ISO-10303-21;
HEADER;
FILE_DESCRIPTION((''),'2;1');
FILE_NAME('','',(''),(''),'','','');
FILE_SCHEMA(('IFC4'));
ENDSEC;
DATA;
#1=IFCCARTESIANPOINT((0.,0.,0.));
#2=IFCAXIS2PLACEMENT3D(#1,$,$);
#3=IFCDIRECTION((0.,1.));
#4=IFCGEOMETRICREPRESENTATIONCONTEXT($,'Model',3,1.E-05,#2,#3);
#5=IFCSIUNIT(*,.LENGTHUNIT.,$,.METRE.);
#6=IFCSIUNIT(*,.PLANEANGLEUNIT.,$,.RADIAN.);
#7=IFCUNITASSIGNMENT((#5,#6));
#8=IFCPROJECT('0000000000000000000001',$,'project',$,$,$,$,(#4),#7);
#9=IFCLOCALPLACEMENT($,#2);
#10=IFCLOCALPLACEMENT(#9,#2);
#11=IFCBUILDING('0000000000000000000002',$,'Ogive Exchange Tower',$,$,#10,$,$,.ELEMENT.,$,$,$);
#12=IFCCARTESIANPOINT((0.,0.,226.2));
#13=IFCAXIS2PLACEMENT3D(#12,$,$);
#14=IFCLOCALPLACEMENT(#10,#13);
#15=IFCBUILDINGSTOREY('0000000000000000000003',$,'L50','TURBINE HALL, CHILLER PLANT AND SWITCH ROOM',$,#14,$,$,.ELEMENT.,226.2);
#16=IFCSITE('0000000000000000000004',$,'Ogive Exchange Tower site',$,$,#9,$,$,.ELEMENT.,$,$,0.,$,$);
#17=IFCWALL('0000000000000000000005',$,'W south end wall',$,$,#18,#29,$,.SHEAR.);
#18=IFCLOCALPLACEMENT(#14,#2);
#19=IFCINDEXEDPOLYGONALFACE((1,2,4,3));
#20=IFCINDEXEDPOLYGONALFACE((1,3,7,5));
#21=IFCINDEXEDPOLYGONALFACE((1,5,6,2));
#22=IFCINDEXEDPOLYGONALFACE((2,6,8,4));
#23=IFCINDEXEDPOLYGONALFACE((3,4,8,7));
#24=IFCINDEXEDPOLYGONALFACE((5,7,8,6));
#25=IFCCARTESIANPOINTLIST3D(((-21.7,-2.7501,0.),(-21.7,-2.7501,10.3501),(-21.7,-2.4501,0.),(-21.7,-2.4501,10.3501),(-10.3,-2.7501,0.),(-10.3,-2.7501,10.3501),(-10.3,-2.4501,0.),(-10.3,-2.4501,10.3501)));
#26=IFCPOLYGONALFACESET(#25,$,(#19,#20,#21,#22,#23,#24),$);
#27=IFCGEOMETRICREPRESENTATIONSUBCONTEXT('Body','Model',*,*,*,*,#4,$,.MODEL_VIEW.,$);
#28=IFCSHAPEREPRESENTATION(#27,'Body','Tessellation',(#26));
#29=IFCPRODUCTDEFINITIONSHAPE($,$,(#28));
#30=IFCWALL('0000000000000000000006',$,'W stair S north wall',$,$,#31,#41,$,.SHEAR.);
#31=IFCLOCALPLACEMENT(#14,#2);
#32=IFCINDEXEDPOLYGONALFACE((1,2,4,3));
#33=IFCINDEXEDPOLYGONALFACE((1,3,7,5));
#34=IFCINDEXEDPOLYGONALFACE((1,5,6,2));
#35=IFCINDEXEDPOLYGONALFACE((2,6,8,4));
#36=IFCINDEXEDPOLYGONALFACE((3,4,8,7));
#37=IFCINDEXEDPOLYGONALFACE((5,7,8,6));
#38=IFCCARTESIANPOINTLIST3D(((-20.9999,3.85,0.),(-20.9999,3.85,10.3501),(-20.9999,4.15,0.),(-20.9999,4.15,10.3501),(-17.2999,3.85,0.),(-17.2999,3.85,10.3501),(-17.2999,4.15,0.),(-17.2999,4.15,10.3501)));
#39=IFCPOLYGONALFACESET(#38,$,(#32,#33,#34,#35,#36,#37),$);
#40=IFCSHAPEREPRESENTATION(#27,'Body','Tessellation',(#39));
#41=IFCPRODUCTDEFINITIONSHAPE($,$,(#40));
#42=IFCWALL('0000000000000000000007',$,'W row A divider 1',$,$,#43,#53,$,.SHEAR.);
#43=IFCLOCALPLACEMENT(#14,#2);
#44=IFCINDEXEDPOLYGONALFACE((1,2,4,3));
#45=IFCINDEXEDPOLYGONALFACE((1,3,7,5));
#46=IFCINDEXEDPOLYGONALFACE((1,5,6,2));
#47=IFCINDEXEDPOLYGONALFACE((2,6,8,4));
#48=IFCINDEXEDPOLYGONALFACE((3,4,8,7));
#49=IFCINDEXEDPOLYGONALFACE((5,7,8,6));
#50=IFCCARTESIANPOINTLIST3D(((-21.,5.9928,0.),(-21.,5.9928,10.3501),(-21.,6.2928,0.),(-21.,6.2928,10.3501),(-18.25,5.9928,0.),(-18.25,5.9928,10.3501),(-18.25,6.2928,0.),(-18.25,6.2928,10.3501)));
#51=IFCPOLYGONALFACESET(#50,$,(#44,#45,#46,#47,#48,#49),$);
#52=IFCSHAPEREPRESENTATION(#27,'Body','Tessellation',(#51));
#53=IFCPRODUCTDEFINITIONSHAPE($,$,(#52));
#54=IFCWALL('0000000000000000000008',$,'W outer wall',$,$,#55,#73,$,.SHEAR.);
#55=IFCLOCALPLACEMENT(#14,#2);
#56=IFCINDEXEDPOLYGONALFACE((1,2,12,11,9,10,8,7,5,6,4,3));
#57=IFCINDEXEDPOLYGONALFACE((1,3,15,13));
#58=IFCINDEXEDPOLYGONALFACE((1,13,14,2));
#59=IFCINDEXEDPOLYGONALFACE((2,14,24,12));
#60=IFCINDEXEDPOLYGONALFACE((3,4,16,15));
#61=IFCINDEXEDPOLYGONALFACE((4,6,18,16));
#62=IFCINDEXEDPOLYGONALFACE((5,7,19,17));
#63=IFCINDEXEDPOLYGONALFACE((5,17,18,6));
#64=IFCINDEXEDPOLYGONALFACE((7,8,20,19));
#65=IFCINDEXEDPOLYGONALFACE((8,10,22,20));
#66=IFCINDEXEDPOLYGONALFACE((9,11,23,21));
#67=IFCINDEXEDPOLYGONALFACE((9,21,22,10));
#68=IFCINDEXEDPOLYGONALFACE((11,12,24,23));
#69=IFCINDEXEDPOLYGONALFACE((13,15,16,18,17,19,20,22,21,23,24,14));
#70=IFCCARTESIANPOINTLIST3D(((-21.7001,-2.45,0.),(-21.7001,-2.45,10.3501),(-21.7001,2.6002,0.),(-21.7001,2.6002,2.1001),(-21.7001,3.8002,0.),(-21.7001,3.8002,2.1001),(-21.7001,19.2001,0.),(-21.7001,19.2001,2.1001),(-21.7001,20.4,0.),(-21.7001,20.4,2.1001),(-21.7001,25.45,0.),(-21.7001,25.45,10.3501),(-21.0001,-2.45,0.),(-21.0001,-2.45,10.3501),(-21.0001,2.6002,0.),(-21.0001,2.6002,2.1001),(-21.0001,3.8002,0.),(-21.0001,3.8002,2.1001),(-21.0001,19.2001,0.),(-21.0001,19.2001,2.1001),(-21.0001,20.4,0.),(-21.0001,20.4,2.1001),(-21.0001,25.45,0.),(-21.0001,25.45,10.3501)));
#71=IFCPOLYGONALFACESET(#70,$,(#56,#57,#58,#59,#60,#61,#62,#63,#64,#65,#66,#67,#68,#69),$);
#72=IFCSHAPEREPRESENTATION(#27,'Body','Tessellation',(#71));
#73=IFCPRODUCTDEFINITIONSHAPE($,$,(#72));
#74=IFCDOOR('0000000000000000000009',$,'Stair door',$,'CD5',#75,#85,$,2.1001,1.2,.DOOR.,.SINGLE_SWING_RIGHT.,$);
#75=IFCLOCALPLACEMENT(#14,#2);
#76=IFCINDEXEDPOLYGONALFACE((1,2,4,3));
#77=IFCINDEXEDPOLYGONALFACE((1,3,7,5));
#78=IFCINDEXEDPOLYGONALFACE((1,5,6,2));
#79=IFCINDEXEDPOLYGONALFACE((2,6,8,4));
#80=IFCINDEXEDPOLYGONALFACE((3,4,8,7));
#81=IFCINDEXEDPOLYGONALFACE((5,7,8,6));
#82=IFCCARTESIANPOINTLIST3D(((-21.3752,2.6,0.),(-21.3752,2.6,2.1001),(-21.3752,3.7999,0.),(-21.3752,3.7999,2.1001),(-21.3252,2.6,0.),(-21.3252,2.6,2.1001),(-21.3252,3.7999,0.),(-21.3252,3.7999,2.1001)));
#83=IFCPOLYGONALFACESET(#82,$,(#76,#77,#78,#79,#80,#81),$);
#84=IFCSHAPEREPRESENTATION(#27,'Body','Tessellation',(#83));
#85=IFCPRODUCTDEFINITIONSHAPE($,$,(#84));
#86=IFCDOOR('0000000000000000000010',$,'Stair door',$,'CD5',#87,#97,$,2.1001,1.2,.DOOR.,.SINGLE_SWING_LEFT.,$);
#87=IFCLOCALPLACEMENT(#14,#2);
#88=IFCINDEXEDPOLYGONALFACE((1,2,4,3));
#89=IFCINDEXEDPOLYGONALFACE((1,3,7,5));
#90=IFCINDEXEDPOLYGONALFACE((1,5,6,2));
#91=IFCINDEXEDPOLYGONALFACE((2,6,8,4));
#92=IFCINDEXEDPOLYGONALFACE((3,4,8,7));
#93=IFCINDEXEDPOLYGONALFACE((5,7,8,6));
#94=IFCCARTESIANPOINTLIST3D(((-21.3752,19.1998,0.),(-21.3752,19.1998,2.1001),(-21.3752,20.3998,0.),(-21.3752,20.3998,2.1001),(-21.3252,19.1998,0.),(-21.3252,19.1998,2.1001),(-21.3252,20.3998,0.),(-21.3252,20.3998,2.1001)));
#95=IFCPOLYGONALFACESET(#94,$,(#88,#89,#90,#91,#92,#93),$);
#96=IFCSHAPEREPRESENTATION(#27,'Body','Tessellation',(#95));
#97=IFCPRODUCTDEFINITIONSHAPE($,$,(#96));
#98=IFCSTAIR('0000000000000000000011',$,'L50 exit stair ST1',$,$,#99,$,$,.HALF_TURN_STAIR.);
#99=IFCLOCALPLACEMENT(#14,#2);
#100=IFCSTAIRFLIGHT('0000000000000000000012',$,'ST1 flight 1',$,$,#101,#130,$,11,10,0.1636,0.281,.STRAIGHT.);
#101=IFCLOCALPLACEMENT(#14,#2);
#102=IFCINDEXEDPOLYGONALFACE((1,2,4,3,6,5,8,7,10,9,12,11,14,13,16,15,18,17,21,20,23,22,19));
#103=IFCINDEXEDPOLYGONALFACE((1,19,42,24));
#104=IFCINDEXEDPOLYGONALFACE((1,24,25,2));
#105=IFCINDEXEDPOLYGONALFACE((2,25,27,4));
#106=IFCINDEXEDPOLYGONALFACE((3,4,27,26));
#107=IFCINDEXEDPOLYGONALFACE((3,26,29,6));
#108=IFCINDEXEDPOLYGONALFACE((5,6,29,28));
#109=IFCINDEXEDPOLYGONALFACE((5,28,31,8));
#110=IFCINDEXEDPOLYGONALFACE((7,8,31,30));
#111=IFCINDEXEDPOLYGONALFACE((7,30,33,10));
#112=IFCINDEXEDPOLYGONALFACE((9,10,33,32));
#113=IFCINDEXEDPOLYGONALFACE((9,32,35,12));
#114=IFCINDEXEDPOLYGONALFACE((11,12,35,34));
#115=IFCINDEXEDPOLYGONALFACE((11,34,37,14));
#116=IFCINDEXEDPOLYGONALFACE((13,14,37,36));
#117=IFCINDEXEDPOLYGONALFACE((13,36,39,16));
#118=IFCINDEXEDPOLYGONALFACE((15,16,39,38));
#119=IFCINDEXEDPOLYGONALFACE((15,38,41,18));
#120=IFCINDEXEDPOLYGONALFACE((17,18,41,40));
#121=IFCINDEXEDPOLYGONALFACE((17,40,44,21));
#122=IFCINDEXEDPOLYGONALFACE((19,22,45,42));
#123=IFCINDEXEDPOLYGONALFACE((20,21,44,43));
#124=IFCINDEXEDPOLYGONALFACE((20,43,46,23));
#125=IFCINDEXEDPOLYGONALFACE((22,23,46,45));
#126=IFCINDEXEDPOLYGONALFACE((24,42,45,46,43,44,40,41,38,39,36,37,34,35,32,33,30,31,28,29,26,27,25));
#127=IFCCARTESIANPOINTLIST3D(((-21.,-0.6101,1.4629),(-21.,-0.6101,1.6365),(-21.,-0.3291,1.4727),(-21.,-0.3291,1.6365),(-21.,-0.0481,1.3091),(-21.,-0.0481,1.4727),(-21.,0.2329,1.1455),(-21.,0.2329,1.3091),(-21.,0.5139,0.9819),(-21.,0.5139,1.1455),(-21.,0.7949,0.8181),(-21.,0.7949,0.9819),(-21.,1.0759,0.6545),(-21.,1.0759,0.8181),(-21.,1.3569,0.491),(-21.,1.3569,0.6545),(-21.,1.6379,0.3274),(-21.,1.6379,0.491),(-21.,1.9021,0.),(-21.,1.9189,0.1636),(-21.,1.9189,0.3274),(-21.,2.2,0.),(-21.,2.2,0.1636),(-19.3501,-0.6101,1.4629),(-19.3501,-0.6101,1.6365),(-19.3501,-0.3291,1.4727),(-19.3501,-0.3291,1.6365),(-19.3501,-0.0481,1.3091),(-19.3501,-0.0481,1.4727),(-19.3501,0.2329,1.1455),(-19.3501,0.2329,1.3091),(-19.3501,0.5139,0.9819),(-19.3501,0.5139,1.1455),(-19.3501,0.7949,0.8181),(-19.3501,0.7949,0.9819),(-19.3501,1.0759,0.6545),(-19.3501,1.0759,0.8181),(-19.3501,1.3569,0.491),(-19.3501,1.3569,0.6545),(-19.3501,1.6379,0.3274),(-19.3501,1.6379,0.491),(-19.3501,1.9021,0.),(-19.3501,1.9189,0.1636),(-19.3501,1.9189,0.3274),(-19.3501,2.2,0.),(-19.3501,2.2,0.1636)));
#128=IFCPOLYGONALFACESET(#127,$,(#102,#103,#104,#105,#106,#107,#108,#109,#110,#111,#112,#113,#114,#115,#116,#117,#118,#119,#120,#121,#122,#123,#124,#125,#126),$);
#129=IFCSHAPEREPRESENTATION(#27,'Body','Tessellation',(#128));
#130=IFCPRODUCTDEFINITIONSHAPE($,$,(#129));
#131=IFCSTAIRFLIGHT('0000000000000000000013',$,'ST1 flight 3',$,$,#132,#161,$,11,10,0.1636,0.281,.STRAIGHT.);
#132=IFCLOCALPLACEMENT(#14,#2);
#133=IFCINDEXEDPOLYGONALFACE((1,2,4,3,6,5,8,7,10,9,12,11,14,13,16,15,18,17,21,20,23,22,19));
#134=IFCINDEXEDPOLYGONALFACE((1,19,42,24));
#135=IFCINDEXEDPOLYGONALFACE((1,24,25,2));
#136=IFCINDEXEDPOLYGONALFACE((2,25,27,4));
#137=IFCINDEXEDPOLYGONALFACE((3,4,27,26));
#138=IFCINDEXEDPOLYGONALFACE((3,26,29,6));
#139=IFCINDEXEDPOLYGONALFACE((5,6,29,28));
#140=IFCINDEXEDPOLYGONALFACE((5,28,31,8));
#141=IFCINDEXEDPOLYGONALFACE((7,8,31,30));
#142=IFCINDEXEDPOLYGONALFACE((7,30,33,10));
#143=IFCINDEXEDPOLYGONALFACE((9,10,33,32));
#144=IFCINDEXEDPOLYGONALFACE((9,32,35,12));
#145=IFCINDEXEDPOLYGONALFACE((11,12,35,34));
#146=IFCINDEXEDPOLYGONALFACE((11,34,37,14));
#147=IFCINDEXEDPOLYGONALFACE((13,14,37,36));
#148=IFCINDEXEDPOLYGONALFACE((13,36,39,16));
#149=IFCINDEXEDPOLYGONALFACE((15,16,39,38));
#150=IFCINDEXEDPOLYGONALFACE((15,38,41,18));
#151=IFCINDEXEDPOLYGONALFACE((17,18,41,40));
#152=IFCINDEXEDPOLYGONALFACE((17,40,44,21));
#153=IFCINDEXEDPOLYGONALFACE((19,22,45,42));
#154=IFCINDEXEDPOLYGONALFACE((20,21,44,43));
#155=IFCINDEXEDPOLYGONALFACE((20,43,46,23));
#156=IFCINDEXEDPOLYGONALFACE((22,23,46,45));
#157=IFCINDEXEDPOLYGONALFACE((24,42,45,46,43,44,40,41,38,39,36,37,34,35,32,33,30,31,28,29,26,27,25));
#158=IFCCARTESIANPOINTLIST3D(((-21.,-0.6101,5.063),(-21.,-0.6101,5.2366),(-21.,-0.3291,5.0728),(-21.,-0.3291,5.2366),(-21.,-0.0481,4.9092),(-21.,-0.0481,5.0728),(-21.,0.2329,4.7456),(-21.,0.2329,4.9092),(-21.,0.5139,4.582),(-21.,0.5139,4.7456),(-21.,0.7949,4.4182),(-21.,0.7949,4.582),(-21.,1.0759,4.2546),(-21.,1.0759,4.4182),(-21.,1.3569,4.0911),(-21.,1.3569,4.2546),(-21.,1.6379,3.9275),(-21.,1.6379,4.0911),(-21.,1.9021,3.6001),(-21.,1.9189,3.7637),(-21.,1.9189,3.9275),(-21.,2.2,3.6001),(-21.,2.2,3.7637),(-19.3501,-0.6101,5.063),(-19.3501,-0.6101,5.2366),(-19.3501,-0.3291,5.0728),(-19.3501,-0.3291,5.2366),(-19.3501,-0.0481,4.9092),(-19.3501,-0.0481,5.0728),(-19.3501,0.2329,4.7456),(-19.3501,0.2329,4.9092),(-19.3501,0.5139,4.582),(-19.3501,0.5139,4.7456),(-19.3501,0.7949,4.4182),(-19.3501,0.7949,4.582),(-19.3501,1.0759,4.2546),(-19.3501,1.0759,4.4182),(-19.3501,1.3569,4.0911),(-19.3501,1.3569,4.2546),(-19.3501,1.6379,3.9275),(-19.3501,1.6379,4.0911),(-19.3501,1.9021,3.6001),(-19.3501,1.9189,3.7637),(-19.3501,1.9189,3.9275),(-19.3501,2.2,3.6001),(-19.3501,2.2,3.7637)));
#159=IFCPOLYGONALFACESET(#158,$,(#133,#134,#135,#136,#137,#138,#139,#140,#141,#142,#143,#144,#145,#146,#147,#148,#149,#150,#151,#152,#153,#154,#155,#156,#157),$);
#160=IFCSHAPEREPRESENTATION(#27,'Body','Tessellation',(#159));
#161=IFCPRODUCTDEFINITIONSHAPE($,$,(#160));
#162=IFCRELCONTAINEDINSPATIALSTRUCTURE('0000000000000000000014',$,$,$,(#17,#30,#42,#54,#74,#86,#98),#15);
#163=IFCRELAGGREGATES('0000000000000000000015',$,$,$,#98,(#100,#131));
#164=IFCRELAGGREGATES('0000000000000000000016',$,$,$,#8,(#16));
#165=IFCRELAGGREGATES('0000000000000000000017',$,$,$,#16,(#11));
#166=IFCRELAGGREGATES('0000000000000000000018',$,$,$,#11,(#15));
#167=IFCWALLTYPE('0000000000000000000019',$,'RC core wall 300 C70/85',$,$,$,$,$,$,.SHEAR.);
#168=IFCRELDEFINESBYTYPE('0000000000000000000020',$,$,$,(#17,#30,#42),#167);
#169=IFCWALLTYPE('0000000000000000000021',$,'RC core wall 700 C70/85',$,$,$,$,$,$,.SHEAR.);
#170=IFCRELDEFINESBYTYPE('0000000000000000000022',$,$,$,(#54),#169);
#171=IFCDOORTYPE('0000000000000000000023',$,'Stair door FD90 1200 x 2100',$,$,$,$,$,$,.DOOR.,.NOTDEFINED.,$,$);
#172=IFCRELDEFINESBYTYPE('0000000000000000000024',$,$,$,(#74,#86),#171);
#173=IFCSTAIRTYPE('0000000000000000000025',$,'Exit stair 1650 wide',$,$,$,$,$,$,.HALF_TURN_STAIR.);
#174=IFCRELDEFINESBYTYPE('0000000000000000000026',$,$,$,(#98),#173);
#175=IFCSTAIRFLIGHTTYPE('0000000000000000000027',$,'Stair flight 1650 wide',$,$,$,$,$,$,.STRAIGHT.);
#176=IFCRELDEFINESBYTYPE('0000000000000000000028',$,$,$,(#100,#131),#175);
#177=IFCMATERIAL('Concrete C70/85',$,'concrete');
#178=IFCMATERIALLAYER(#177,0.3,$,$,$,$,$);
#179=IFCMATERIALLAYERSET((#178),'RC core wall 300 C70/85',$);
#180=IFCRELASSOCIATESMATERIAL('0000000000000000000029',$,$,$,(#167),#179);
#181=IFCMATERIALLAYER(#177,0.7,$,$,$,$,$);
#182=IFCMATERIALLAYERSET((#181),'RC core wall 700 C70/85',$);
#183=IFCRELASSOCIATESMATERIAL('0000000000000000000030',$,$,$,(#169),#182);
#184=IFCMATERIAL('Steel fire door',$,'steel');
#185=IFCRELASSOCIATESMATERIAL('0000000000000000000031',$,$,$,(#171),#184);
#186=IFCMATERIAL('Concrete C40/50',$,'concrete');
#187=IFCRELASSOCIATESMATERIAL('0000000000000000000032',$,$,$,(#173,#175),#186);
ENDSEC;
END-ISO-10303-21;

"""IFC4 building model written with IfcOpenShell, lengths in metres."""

from ifc_helpers import new_model, si_unit, direction, frame, frame_2d, origin, place, context, subcontext, project, spatial, polyline, rectangle, outline, extrude, material, layer, layer_set, type_object, element, fill, aggregate, save


model = new_model("IFC4")

# Units and contexts
model_context = context("Model", 3, precision=1e-05, world=origin(), true_north=direction((0.0, 1.0)))
body_context = subcontext(model_context, "Body", "Model", "MODEL_VIEW")
ifc_project = project(units=[si_unit("LENGTHUNIT", "METRE"), si_unit("PLANEANGLEUNIT", "RADIAN")], contexts=[model_context])

# Site, building, storey
site_placement = place(None, origin())
site = spatial("IfcSite", under=ifc_project, at=site_placement, Name="Ogive Exchange Tower site", CompositionType="ELEMENT", RefElevation=0.0)
building_placement = place(site_placement, origin())
building = spatial("IfcBuilding", under=site, at=building_placement, Name="Ogive Exchange Tower", CompositionType="ELEMENT")
storey_placement = place(building_placement, frame((0.0, 0.0, 226.2)))
storey = spatial("IfcBuildingStorey", under=building, at=storey_placement, Name="L50", Description="TURBINE HALL, CHILLER PLANT AND SWITCH ROOM", CompositionType="ELEMENT", Elevation=226.2)

# Walls
ifc_material_1 = material(Name="Concrete C70/85", Category="concrete")
ifc_layer_1 = layer(ifc_material_1, 0.3)
ifc_layer_set_1 = layer_set([ifc_layer_1], Name="RC core wall 300 C70/85")
wall_type_1 = type_object("IfcWallType", Name="RC core wall 300 C70/85", PredefinedType="SHEAR", material=ifc_layer_set_1)
wall_1_placement = place(storey_placement, frame((-21.7, -2.6001, 0.0), z_axis=(0.0, 0.0, 1.0), x_axis=(1.0, 0.0, 0.0)))
element("IfcWall", 1, at=wall_1_placement, inside=storey, type_object=wall_type_1, Name="W south end wall", PredefinedType="SHEAR", context=body_context, shape_type="SweptSolid", body=[
    extrude(rectangle(XDim=11.3999, YDim=0.3, at=frame_2d((5.7, 0.0))), origin(), (0.0, 0.0, 1.0), 10.3501),
])
wall_2_placement = place(storey_placement, frame((-21.0, 4.0, 0.0), z_axis=(0.0, 0.0, 1.0), x_axis=(1.0, 0.0, 0.0)))
element("IfcWall", 2, at=wall_2_placement, inside=storey, type_object=wall_type_1, Name="W stair S north wall", PredefinedType="SHEAR", context=body_context, shape_type="SweptSolid", body=[
    extrude(rectangle(XDim=3.7, YDim=0.3, at=frame_2d((1.8501, 0.0))), origin(), (0.0, 0.0, 1.0), 10.3501),
])
wall_3_placement = place(storey_placement, frame((-21.0, 6.1428, 0.0), z_axis=(0.0, 0.0, 1.0), x_axis=(1.0, 0.0, 0.0)))
element("IfcWall", 3, at=wall_3_placement, inside=storey, type_object=wall_type_1, Name="W row A divider 1", PredefinedType="SHEAR", context=body_context, shape_type="SweptSolid", body=[
    extrude(rectangle(XDim=2.75, YDim=0.3, at=frame_2d((1.375, 0.0))), origin(), (0.0, 0.0, 1.0), 10.3501),
])

# Wall, openings, doors
ifc_layer_2 = layer(ifc_material_1, 0.7)
ifc_layer_set_2 = layer_set([ifc_layer_2], Name="RC core wall 700 C70/85")
wall_type_2 = type_object("IfcWallType", Name="RC core wall 700 C70/85", PredefinedType="SHEAR", material=ifc_layer_set_2)
wall_4_placement = place(storey_placement, frame((-21.3501, -2.45, 0.0), z_axis=(0.0, 0.0, 1.0), x_axis=(0.0, 1.0, 0.0)))
wall_4 = element("IfcWall", 4, at=wall_4_placement, inside=storey, type_object=wall_type_2, Name="W outer wall", PredefinedType="SHEAR", context=body_context, shape_type="SweptSolid", body=[
    extrude(rectangle(XDim=27.8999, YDim=0.7, at=frame_2d((13.95, 0.0))), origin(), (0.0, 0.0, 1.0), 10.3501),
])
opening_1_placement = place(wall_4_placement, frame((5.05, 0.0, 0.0)))
opening_1 = element("IfcOpeningElement", 5, at=opening_1_placement, cuts=wall_4, PredefinedType="OPENING", context=body_context, shape_type="SweptSolid", body=[
    extrude(rectangle(XDim=1.2, YDim=2.1001, at=frame_2d((0.6001, 1.05))), frame((0.0, 0.3599, 0.0), z_axis=(0.0, -1.0, 0.0), x_axis=(1.0, 0.0, 0.0)), (0.0, 0.0, 1.0), 0.72),
])
opening_2_placement = place(wall_4_placement, frame((21.6499, 0.0, 0.0)))
opening_2 = element("IfcOpeningElement", 6, at=opening_2_placement, cuts=wall_4, PredefinedType="OPENING", context=body_context, shape_type="SweptSolid", body=[
    extrude(rectangle(XDim=1.2, YDim=2.1001, at=frame_2d((0.6001, 1.05))), frame((0.0, 0.3599, 0.0), z_axis=(0.0, -1.0, 0.0), x_axis=(1.0, 0.0, 0.0)), (0.0, 0.0, 1.0), 0.72),
])
ifc_material_2 = material(Name="Steel fire door", Category="steel")
door_type = type_object("IfcDoorType", Name="Stair door FD90 1200 x 2100", OperationType="NOTDEFINED", PredefinedType="DOOR", material=ifc_material_2)
door_1_placement = place(opening_1_placement, frame((1.2, 0.0, 0.0), z_axis=(0.0, 0.0, 1.0), x_axis=(-1.0, 0.0, 0.0)))
door_1 = element("IfcDoor", 7, at=door_1_placement, inside=storey, type_object=door_type, Name="Stair door", ObjectType="CD5", OperationType="SINGLE_SWING_RIGHT", OverallHeight=2.1001, OverallWidth=1.2, PredefinedType="DOOR", context=body_context, shape_type="SweptSolid", body=[
    extrude(rectangle(XDim=1.2, YDim=2.1001, at=frame_2d((0.6001, 1.05))), frame((0.0, 0.0249, 0.0), z_axis=(0.0, -1.0, 0.0), x_axis=(1.0, 0.0, 0.0)), (0.0, 0.0, 1.0), 0.05),
])
fill(opening_1, door_1)
door_2_placement = place(opening_2_placement, frame((1.2, 0.0, 0.0), z_axis=(0.0, 0.0, 1.0), x_axis=(-1.0, 0.0, 0.0)))
door_2 = element("IfcDoor", 8, at=door_2_placement, inside=storey, type_object=door_type, Name="Stair door", ObjectType="CD5", OperationType="SINGLE_SWING_LEFT", OverallHeight=2.1001, OverallWidth=1.2, PredefinedType="DOOR", context=body_context, shape_type="SweptSolid", body=[
    extrude(rectangle(XDim=1.2, YDim=2.1001, at=frame_2d((0.6001, 1.05))), frame((0.0, 0.0249, 0.0), z_axis=(0.0, -1.0, 0.0), x_axis=(1.0, 0.0, 0.0)), (0.0, 0.0, 1.0), 0.05),
])
fill(opening_2, door_2)

# Stair, stair flights
ifc_material_3 = material(Name="Concrete C40/50", Category="concrete")
stair_type = type_object("IfcStairType", Name="Exit stair 1650 wide", PredefinedType="HALF_TURN_STAIR", material=ifc_material_3)
stair_placement = place(storey_placement, origin())
stair = element("IfcStair", 9, at=stair_placement, inside=storey, type_object=stair_type, Name="L50 exit stair ST1", PredefinedType="HALF_TURN_STAIR")
stair_flight_type = type_object("IfcStairFlightType", Name="Stair flight 1650 wide", PredefinedType="STRAIGHT", material=ifc_material_3)
stair_flight_1_placement = place(storey_placement, frame((-20.175, 2.2, 0.0), z_axis=(0.0, 0.0, 1.0), x_axis=(0.0, -1.0, 0.0)))
stair_flight_1 = element("IfcStairFlight", 10, at=stair_flight_1_placement, type_object=stair_flight_type, Name="ST1 flight 1", NumberOfRisers=11, NumberOfTreads=10, PredefinedType="STRAIGHT", RiserHeight=0.1636, TreadLength=0.281, context=body_context, shape_type="SweptSolid", body=[
    extrude(outline(polyline([(0.0, 0.0), (0.0, 0.1636), (0.281, 0.1636), (0.281, 0.3274), (0.562, 0.3274), (0.562, 0.491), (0.843, 0.491), (0.843, 0.6545), (1.124, 0.6545), (1.124, 0.8181), (1.405, 0.8181), (1.405, 0.9819), (1.686, 0.9819), (1.686, 1.1455), (1.967, 1.1455), (1.967, 1.3091), (2.248, 1.3091), (2.248, 1.4727), (2.5291, 1.4727), (2.5291, 1.6365), (2.8101, 1.6365), (2.8101, 1.8), (2.8101, 1.4629), (0.2979, 0.0), (0.0, 0.0)])), frame((0.0, 0.825, 0.0), z_axis=(0.0, -1.0, 0.0), x_axis=(1.0, 0.0, 0.0)), (0.0, 0.0, 1.0), 1.6499),
])
stair_flight_2_placement = place(storey_placement, frame((-20.175, 2.2, 3.6001), z_axis=(0.0, 0.0, 1.0), x_axis=(0.0, -1.0, 0.0)))
stair_flight_2 = element("IfcStairFlight", 11, at=stair_flight_2_placement, type_object=stair_flight_type, Name="ST1 flight 3", NumberOfRisers=11, NumberOfTreads=10, PredefinedType="STRAIGHT", RiserHeight=0.1636, TreadLength=0.281, context=body_context, shape_type="SweptSolid", body=[
    extrude(outline(polyline([(0.0, 0.0), (0.0, 0.1636), (0.281, 0.1636), (0.281, 0.3274), (0.562, 0.3274), (0.562, 0.491), (0.843, 0.491), (0.843, 0.6545), (1.124, 0.6545), (1.124, 0.8181), (1.405, 0.8181), (1.405, 0.9819), (1.686, 0.9819), (1.686, 1.1455), (1.967, 1.1455), (1.967, 1.3091), (2.248, 1.3091), (2.248, 1.4727), (2.5291, 1.4727), (2.5291, 1.6365), (2.8101, 1.6365), (2.8101, 1.8), (2.8101, 1.4629), (0.2979, 0.0), (0.0, 0.0)])), frame((0.0, 0.825, 0.0), z_axis=(0.0, -1.0, 0.0), x_axis=(1.0, 0.0, 0.0)), (0.0, 0.0, 1.0), 1.6499),
])
aggregate(stair, [stair_flight_1, stair_flight_2])

save(model, "model.ifc")
